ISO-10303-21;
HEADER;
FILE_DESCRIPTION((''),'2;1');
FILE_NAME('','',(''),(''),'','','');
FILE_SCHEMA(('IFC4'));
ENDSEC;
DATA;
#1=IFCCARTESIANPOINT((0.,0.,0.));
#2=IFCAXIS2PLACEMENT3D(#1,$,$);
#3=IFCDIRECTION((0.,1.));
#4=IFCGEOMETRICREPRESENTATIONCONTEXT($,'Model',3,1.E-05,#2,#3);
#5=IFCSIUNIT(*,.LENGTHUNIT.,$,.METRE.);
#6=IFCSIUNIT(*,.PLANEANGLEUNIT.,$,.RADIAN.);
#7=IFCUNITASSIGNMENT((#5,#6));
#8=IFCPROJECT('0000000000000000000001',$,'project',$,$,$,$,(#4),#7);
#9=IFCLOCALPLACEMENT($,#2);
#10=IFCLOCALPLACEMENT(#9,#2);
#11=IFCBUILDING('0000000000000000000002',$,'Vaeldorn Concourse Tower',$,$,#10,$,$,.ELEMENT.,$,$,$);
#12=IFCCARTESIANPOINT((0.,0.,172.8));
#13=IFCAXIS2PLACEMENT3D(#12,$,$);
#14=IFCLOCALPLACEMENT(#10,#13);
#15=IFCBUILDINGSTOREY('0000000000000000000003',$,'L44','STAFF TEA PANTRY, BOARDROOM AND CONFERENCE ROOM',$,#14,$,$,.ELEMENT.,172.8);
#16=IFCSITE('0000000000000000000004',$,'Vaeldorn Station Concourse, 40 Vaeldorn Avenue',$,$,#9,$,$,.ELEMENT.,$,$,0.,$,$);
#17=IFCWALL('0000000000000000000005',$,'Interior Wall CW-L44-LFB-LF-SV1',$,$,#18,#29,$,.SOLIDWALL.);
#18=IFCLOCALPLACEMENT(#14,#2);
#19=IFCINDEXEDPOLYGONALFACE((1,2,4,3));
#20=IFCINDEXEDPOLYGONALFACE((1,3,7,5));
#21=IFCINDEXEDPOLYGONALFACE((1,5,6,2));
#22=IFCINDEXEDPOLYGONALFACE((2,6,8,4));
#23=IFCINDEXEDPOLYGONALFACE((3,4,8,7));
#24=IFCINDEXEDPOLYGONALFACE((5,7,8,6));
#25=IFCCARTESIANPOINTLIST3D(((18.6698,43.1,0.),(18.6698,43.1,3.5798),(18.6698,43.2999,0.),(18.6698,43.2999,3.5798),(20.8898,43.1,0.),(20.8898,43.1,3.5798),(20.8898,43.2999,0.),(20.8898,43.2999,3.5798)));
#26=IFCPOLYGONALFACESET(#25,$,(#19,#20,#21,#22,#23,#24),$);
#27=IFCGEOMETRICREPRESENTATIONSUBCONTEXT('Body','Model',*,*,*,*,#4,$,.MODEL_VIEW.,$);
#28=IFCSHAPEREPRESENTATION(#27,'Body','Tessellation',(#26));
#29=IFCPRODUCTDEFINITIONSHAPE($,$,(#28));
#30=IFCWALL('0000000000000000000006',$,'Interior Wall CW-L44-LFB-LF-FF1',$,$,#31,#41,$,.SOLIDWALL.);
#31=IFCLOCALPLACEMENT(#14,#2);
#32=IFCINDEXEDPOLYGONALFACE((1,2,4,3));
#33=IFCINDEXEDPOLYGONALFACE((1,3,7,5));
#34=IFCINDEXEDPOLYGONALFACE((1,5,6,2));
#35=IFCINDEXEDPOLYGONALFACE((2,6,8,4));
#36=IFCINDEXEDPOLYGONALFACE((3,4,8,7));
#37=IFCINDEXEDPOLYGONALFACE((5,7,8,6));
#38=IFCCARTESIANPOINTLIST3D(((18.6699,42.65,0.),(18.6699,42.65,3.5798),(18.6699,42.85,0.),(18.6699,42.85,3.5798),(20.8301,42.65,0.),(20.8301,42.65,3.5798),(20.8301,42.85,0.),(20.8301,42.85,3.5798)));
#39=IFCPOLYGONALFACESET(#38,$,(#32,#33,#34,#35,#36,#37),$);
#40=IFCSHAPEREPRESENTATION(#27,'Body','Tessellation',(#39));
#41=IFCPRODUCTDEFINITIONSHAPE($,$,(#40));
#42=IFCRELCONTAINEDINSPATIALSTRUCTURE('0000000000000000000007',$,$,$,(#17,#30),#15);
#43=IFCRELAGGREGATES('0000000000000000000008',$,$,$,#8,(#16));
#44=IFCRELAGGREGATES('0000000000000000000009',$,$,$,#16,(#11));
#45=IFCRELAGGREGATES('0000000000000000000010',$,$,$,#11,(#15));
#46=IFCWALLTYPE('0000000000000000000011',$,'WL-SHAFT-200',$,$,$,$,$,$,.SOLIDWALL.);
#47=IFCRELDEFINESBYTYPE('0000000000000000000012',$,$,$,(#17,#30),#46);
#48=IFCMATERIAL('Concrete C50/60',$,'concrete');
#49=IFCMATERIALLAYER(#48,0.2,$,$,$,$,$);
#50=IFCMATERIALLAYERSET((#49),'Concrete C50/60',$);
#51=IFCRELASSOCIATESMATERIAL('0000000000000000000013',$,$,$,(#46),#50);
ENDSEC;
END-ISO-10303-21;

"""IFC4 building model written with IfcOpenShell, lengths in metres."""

from ifc_helpers import new_model, si_unit, direction, frame, frame_2d, origin, place, context, subcontext, project, spatial, rectangle, extrude, material, layer, layer_set, type_object, element, save


model = new_model("IFC4")

# Units and contexts
model_context = context("Model", 3, precision=1e-05, world=origin(), true_north=direction((0.0, 1.0)))
body_context = subcontext(model_context, "Body", "Model", "MODEL_VIEW")
ifc_project = project(units=[si_unit("LENGTHUNIT", "METRE"), si_unit("PLANEANGLEUNIT", "RADIAN")], contexts=[model_context])

# Site, building, storey
site_placement = place(None, origin())
site = spatial("IfcSite", under=ifc_project, at=site_placement, Name="Vaeldorn Station Concourse, 40 Vaeldorn Avenue", CompositionType="ELEMENT", RefElevation=0.0)
building_placement = place(site_placement, origin())
building = spatial("IfcBuilding", under=site, at=building_placement, Name="Vaeldorn Concourse Tower", CompositionType="ELEMENT")
storey_placement = place(building_placement, frame((0.0, 0.0, 172.8)))
storey = spatial("IfcBuildingStorey", under=building, at=storey_placement, Name="L44", Description="STAFF TEA PANTRY, BOARDROOM AND CONFERENCE ROOM", CompositionType="ELEMENT", Elevation=172.8)

# Shared definitions
ifc_material_1 = material(Name="Concrete C50/60", Category="concrete")
ifc_layer_1 = layer(ifc_material_1, 0.2)
ifc_layer_set_1 = layer_set([ifc_layer_1], Name="Concrete C50/60")
wall_type_1 = type_object("IfcWallType", Name="WL-SHAFT-200", PredefinedType="SOLIDWALL", material=ifc_layer_set_1)

# Walls
wall_1_placement = place(storey_placement, frame((18.6699, 43.2, 0.0), z_axis=(0.0, 0.0, 1.0), x_axis=(1.0, 0.0, 0.0)))
element("IfcWall", 1, at=wall_1_placement, inside=storey, type_object=wall_type_1, Name="Interior Wall CW-L44-LFB-LF-SV1", PredefinedType="SOLIDWALL", context=body_context, shape_type="SweptSolid", body=[
    extrude(rectangle(XDim=2.22, YDim=0.2, at=frame_2d((1.1099, 0.0))), origin(), (0.0, 0.0, 1.0), 3.5798),
])
wall_2_placement = place(storey_placement, frame((18.6699, 42.75, 0.0), z_axis=(0.0, 0.0, 1.0), x_axis=(1.0, 0.0, 0.0)))
element("IfcWall", 2, at=wall_2_placement, inside=storey, type_object=wall_type_1, Name="Interior Wall CW-L44-LFB-LF-FF1", PredefinedType="SOLIDWALL", context=body_context, shape_type="SweptSolid", body=[
    extrude(rectangle(XDim=2.1602, YDim=0.2, at=frame_2d((1.0801, 0.0))), origin(), (0.0, 0.0, 1.0), 3.5798),
])

save(model, "model.ifc")
